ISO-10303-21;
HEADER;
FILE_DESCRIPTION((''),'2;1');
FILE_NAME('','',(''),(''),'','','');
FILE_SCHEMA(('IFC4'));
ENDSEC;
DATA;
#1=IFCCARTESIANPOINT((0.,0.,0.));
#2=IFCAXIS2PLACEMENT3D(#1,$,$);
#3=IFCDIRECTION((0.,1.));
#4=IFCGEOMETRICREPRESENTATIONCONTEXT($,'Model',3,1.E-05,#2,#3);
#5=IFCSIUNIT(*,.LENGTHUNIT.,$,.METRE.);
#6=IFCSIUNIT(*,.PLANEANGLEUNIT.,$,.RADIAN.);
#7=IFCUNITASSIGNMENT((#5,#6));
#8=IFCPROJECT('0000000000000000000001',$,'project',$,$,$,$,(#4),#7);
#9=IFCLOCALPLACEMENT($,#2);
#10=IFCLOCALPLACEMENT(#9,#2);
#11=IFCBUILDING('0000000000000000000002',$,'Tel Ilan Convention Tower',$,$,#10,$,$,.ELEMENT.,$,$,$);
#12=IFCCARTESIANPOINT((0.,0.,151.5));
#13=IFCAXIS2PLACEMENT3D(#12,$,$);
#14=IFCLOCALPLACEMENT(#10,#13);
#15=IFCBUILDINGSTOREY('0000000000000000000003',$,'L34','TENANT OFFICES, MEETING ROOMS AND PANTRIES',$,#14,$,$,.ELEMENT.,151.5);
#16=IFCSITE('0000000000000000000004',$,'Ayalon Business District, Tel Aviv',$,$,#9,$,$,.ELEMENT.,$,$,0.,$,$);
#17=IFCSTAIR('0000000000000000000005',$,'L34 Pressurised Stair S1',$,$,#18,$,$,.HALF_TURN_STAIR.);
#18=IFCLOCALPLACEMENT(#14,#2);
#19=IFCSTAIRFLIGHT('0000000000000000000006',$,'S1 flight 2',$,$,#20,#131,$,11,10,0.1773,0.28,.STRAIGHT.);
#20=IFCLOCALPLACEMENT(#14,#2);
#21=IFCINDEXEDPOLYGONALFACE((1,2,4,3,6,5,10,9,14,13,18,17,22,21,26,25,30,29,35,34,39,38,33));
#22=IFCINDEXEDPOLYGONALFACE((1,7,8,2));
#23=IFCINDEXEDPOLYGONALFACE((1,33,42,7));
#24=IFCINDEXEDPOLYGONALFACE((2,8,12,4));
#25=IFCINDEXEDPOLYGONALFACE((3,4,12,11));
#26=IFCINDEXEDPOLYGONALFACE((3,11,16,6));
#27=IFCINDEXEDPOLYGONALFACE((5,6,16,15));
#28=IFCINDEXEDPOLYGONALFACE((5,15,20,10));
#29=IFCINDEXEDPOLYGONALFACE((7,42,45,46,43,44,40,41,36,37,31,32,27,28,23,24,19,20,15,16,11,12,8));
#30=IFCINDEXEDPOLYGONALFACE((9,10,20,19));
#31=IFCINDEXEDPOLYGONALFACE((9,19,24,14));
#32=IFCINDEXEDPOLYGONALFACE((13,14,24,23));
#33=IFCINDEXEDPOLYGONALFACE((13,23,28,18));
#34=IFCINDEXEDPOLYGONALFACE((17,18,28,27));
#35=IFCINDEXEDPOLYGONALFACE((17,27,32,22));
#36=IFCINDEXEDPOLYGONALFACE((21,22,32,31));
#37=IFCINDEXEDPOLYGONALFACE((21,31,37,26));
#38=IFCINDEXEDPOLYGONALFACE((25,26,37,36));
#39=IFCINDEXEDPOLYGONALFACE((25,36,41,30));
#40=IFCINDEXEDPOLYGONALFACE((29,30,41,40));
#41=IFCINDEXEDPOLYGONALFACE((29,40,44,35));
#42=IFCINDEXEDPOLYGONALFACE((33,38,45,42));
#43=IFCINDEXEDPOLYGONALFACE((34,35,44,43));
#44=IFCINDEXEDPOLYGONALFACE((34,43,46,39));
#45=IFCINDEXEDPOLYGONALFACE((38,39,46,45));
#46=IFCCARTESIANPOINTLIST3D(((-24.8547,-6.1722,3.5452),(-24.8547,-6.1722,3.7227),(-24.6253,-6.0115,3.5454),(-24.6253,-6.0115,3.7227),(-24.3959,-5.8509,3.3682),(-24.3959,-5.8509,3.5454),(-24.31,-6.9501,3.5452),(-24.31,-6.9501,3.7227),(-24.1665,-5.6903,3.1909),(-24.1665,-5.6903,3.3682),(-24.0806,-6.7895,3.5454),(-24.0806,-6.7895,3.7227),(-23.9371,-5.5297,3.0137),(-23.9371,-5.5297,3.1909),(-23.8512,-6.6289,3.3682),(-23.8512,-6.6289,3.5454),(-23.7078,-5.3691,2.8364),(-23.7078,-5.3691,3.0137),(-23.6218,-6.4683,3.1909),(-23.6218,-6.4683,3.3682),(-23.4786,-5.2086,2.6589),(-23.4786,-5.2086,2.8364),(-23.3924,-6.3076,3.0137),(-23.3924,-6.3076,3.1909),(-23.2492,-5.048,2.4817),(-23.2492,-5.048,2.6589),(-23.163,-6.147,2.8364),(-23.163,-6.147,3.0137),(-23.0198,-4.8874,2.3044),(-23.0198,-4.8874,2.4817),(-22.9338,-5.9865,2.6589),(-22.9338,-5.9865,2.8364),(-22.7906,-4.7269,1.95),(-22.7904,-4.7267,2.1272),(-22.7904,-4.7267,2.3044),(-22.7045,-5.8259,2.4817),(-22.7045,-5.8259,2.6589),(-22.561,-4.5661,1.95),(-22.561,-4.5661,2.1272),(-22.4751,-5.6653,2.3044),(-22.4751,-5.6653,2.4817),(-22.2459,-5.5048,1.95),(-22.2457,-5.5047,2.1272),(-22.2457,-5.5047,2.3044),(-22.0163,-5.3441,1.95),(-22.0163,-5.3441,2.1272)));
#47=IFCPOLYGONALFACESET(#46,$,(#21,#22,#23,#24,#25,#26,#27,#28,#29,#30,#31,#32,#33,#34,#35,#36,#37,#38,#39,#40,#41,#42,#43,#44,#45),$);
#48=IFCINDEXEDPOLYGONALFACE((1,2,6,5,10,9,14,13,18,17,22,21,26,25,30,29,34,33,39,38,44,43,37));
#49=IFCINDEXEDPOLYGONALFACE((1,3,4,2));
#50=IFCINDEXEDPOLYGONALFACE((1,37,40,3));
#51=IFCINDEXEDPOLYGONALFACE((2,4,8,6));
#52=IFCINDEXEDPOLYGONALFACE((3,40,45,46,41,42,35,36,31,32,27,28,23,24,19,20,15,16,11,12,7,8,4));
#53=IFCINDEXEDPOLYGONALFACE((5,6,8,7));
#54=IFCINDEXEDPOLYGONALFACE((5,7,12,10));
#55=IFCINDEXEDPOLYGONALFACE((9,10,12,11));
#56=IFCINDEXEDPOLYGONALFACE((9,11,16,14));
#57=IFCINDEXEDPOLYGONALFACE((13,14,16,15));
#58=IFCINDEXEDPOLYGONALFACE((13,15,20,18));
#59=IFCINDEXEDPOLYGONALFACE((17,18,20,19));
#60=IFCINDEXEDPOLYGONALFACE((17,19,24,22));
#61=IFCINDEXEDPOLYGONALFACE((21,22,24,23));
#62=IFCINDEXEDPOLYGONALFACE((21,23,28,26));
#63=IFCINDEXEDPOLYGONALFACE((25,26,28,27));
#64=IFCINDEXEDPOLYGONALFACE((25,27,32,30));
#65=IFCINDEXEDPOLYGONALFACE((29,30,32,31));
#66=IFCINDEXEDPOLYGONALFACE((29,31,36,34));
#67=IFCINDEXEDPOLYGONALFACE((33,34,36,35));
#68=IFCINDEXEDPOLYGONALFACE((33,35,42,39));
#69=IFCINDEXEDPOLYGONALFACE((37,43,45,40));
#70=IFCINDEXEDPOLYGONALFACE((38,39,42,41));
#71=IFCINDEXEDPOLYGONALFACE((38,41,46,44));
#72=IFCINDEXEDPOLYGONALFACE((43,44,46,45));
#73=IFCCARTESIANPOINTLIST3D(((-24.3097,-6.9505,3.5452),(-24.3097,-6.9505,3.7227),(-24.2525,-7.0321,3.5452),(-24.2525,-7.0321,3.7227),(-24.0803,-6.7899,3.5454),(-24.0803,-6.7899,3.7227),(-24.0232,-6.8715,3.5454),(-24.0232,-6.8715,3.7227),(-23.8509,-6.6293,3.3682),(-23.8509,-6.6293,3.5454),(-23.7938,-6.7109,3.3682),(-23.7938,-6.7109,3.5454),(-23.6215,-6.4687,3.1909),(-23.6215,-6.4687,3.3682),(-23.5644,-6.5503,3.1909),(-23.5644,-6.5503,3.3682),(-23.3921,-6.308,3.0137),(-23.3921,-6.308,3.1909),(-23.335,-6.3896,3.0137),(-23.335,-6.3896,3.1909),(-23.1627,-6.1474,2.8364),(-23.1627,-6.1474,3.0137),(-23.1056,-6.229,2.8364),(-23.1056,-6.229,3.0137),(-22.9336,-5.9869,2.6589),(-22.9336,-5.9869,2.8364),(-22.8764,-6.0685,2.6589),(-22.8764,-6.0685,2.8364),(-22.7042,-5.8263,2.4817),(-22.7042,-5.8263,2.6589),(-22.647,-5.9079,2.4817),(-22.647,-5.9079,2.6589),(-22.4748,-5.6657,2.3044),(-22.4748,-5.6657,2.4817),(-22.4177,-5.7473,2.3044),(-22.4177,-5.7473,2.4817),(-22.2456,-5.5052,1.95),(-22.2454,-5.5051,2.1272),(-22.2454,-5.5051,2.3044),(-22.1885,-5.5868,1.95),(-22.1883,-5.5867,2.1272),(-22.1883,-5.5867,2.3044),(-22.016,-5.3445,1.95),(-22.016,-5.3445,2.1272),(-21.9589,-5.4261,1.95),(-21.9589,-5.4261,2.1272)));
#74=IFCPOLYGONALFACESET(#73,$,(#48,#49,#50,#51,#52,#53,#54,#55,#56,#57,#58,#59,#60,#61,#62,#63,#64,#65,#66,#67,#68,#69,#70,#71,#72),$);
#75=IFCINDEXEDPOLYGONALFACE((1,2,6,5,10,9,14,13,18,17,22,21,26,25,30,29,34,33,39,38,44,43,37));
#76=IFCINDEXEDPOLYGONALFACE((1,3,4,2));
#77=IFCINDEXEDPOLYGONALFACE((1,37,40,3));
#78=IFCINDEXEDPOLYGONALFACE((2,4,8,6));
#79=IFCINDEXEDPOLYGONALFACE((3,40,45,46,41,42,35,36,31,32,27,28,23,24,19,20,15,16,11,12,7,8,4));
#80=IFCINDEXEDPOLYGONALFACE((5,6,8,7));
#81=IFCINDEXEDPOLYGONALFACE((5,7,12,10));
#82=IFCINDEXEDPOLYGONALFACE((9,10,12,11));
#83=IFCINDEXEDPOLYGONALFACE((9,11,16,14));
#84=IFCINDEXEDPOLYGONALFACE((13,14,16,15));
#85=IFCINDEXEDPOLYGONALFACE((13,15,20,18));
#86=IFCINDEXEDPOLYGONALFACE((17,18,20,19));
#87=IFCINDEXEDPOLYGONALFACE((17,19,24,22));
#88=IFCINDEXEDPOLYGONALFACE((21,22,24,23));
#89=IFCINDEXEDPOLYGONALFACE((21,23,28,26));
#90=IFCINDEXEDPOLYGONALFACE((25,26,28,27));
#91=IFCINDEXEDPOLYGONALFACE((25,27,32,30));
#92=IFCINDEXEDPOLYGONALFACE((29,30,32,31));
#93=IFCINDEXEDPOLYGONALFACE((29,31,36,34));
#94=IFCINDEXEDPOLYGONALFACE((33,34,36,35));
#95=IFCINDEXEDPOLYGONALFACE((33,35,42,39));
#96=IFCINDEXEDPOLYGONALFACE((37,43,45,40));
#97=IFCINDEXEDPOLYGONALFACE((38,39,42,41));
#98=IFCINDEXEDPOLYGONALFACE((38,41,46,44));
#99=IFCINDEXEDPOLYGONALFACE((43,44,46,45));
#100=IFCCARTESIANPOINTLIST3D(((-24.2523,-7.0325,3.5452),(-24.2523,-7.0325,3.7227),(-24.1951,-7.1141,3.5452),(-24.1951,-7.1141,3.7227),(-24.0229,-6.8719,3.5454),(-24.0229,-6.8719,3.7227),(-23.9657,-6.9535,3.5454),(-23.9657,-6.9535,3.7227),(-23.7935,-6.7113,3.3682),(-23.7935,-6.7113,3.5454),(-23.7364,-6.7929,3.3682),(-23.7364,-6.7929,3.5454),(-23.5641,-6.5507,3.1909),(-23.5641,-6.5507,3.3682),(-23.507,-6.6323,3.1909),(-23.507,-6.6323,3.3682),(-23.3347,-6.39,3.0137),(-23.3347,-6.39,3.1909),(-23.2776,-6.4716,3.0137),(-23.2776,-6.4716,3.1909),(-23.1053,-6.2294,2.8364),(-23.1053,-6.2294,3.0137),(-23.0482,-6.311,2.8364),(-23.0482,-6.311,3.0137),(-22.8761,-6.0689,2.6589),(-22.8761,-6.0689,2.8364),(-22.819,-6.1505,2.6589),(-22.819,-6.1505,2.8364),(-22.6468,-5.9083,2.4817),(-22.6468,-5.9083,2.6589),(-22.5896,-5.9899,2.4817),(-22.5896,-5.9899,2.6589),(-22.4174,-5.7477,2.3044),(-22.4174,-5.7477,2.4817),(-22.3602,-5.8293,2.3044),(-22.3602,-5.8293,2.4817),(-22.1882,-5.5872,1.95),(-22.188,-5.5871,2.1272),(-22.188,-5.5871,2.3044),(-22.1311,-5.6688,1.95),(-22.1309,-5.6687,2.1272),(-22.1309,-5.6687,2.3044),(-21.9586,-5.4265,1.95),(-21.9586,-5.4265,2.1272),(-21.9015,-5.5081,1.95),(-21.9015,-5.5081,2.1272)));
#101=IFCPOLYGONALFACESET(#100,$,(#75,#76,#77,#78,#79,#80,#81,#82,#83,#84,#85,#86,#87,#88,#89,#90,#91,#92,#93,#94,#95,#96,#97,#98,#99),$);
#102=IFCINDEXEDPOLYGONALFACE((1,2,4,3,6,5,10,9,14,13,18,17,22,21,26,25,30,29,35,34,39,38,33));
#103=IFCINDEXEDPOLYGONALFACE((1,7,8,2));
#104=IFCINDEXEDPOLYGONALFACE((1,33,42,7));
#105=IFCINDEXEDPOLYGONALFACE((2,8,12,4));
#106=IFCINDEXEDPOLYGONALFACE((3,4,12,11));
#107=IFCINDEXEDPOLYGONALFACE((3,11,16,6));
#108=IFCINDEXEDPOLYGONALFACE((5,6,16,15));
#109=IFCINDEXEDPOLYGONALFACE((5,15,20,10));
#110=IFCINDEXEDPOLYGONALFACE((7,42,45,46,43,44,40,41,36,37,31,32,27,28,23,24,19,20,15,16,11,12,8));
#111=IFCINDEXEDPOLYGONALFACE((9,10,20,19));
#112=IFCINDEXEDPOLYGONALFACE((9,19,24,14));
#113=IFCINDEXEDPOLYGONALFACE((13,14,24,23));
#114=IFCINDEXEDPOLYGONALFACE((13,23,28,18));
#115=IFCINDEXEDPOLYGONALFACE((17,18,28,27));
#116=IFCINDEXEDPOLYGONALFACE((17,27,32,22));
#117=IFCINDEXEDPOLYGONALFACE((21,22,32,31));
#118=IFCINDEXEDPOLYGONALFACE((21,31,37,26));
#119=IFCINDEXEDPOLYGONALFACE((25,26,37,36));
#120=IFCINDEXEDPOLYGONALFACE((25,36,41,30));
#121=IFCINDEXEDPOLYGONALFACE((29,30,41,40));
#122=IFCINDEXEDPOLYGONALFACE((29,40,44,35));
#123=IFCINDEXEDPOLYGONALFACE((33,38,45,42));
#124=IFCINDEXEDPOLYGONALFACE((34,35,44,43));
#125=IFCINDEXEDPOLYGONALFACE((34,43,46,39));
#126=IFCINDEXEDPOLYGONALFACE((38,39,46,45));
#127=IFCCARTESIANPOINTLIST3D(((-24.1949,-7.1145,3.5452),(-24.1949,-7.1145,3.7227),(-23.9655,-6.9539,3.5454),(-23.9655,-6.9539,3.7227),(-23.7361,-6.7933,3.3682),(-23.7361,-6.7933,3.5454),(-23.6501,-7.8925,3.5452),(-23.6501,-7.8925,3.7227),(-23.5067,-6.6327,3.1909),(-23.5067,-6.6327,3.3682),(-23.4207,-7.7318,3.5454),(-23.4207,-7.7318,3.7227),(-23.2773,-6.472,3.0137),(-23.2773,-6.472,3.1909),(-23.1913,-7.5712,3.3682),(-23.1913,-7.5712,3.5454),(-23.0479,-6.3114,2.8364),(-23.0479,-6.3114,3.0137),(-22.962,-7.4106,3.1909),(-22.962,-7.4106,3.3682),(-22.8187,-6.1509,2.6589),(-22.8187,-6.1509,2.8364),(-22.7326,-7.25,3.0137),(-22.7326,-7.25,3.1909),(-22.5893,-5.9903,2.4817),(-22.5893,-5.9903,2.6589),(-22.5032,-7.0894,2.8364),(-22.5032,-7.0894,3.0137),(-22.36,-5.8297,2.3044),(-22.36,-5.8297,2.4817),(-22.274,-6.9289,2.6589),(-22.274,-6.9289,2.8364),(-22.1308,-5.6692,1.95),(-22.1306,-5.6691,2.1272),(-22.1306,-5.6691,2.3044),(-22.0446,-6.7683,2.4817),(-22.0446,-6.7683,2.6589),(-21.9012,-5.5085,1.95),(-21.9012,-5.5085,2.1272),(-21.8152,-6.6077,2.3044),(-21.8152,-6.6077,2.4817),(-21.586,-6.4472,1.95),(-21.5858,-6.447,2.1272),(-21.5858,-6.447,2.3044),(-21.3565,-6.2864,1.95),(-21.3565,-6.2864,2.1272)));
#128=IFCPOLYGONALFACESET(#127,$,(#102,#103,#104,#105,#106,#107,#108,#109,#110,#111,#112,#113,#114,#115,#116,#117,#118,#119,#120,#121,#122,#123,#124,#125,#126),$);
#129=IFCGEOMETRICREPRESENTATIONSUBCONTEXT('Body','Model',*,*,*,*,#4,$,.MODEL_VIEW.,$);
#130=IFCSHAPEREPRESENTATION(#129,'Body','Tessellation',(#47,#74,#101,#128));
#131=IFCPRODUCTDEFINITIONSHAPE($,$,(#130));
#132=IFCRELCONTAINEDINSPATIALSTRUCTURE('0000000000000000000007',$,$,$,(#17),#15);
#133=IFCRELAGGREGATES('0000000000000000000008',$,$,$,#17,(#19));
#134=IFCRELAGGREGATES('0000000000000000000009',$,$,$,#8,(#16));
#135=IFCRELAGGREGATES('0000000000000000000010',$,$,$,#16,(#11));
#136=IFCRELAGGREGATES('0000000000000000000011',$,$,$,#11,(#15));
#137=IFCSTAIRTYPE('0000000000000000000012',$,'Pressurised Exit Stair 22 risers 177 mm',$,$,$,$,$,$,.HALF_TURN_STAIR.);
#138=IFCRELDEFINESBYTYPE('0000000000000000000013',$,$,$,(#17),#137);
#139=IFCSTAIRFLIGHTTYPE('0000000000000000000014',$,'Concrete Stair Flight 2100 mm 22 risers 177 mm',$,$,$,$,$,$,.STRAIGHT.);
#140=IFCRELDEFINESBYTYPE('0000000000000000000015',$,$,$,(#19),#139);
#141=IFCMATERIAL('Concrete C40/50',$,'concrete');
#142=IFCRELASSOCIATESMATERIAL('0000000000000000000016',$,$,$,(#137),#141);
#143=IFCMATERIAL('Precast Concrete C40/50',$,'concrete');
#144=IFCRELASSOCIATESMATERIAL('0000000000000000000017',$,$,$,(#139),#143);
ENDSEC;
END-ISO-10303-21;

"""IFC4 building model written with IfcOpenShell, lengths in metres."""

from ifc_helpers import new_model, si_unit, direction, frame, origin, place, context, subcontext, project, spatial, polyline, outline, extrude, material, type_object, element, aggregate, save


model = new_model("IFC4")

# Units and contexts
model_context = context("Model", 3, precision=1e-05, world=origin(), true_north=direction((0.0, 1.0)))
body_context = subcontext(model_context, "Body", "Model", "MODEL_VIEW")
ifc_project = project(units=[si_unit("LENGTHUNIT", "METRE"), si_unit("PLANEANGLEUNIT", "RADIAN")], contexts=[model_context])

# Site, building, storey
site_placement = place(None, origin())
site = spatial("IfcSite", under=ifc_project, at=site_placement, Name="Ayalon Business District, Tel Aviv", CompositionType="ELEMENT", RefElevation=0.0)
building_placement = place(site_placement, origin())
building = spatial("IfcBuilding", under=site, at=building_placement, Name="Tel Ilan Convention Tower", CompositionType="ELEMENT")
storey_placement = place(building_placement, frame((0.0, 0.0, 151.5)))
storey = spatial("IfcBuildingStorey", under=building, at=storey_placement, Name="L34", Description="TENANT OFFICES, MEETING ROOMS AND PANTRIES", CompositionType="ELEMENT", Elevation=151.5)

# Stair, stair flight
ifc_material_1 = material(Name="Concrete C40/50", Category="concrete")
stair_type = type_object("IfcStairType", Name="Pressurised Exit Stair 22 risers 177 mm", PredefinedType="HALF_TURN_STAIR", material=ifc_material_1)
stair_1_placement = place(storey_placement, origin())
stair_1 = element("IfcStair", 1, at=stair_1_placement, inside=storey, type_object=stair_type, Name="L34 Pressurised Stair S1", PredefinedType="HALF_TURN_STAIR")
ifc_material_2 = material(Name="Precast Concrete C40/50", Category="concrete")
stair_flight_type = type_object("IfcStairFlightType", Name="Concrete Stair Flight 2100 mm 22 risers 177 mm", PredefinedType="STRAIGHT", material=ifc_material_2)
stair_flight_1_placement = place(storey_placement, frame((-21.9587, -5.4263, 1.95), z_axis=(0.0, 0.0, 1.0), x_axis=(-0.819152, -0.573576, 0.0)))
stair_flight_1 = element("IfcStairFlight", 2, at=stair_flight_1_placement, type_object=stair_flight_type, Name="S1 flight 2", NumberOfRisers=11, NumberOfTreads=10, PredefinedType="STRAIGHT", RiserHeight=0.1773, TreadLength=0.28, context=body_context, shape_type="SweptSolid", body=[
    extrude(outline(polyline([(0.0, 0.0), (0.0, 0.1772), (0.28, 0.1772), (0.28, 0.3545), (0.5601, 0.3545), (0.5601, 0.5317), (0.8401, 0.5317), (0.8401, 0.709), (1.1201, 0.709), (1.1201, 0.8865), (1.3999, 0.8865), (1.3999, 1.0637), (1.6799, 1.0637), (1.6799, 1.241), (1.96, 1.241), (1.96, 1.4182), (2.24, 1.4182), (2.24, 1.5955), (2.52, 1.5955), (2.52, 1.7727), (2.8, 1.7727), (2.8, 1.95), (2.8, 1.5952), (0.2803, 0.0), (0.0, 0.0)])), frame((0.0, -0.1003, 0.0), z_axis=(0.0, -1.0, 0.0), x_axis=(1.0, 0.0, 0.0)), (0.0, 0.0, 1.0), 0.9497),
    extrude(outline(polyline([(0.0, 0.0), (0.0, 0.1772), (0.28, 0.1772), (0.28, 0.3545), (0.5601, 0.3545), (0.5601, 0.5317), (0.8401, 0.5317), (0.8401, 0.709), (1.1201, 0.709), (1.1201, 0.8865), (1.3999, 0.8865), (1.3999, 1.0637), (1.6799, 1.0637), (1.6799, 1.241), (1.96, 1.241), (1.96, 1.4182), (2.24, 1.4182), (2.24, 1.5955), (2.52, 1.5955), (2.52, 1.7727), (2.8, 1.7727), (2.8, 1.95), (2.8, 1.5952), (0.2803, 0.0), (0.0, 0.0)])), frame((0.0, -0.0002, 0.0), z_axis=(0.0, -1.0, 0.0), x_axis=(1.0, 0.0, 0.0)), (0.0, 0.0, 1.0), 0.0996),
    extrude(outline(polyline([(0.0, 0.0), (0.0, 0.1772), (0.28, 0.1772), (0.28, 0.3545), (0.5601, 0.3545), (0.5601, 0.5317), (0.8401, 0.5317), (0.8401, 0.709), (1.1201, 0.709), (1.1201, 0.8865), (1.3999, 0.8865), (1.3999, 1.0637), (1.6799, 1.0637), (1.6799, 1.241), (1.96, 1.241), (1.96, 1.4182), (2.24, 1.4182), (2.24, 1.5955), (2.52, 1.5955), (2.52, 1.7727), (2.8, 1.7727), (2.8, 1.95), (2.8, 1.5952), (0.2803, 0.0), (0.0, 0.0)])), frame((0.0, 0.0999, 0.0), z_axis=(0.0, -1.0, 0.0), x_axis=(1.0, 0.0, 0.0)), (0.0, 0.0, 1.0), 0.0996),
    extrude(outline(polyline([(0.0, 0.0), (0.0, 0.1772), (0.28, 0.1772), (0.28, 0.3545), (0.5601, 0.3545), (0.5601, 0.5317), (0.8401, 0.5317), (0.8401, 0.709), (1.1201, 0.709), (1.1201, 0.8865), (1.3999, 0.8865), (1.3999, 1.0637), (1.6799, 1.0637), (1.6799, 1.241), (1.96, 1.241), (1.96, 1.4182), (2.24, 1.4182), (2.24, 1.5955), (2.52, 1.5955), (2.52, 1.7727), (2.8, 1.7727), (2.8, 1.95), (2.8, 1.5952), (0.2803, 0.0), (0.0, 0.0)])), frame((0.0, 1.05, 0.0), z_axis=(0.0, -1.0, 0.0), x_axis=(1.0, 0.0, 0.0)), (0.0, 0.0, 1.0), 0.9497),
])
aggregate(stair_1, [stair_flight_1])

save(model, "model.ifc")
